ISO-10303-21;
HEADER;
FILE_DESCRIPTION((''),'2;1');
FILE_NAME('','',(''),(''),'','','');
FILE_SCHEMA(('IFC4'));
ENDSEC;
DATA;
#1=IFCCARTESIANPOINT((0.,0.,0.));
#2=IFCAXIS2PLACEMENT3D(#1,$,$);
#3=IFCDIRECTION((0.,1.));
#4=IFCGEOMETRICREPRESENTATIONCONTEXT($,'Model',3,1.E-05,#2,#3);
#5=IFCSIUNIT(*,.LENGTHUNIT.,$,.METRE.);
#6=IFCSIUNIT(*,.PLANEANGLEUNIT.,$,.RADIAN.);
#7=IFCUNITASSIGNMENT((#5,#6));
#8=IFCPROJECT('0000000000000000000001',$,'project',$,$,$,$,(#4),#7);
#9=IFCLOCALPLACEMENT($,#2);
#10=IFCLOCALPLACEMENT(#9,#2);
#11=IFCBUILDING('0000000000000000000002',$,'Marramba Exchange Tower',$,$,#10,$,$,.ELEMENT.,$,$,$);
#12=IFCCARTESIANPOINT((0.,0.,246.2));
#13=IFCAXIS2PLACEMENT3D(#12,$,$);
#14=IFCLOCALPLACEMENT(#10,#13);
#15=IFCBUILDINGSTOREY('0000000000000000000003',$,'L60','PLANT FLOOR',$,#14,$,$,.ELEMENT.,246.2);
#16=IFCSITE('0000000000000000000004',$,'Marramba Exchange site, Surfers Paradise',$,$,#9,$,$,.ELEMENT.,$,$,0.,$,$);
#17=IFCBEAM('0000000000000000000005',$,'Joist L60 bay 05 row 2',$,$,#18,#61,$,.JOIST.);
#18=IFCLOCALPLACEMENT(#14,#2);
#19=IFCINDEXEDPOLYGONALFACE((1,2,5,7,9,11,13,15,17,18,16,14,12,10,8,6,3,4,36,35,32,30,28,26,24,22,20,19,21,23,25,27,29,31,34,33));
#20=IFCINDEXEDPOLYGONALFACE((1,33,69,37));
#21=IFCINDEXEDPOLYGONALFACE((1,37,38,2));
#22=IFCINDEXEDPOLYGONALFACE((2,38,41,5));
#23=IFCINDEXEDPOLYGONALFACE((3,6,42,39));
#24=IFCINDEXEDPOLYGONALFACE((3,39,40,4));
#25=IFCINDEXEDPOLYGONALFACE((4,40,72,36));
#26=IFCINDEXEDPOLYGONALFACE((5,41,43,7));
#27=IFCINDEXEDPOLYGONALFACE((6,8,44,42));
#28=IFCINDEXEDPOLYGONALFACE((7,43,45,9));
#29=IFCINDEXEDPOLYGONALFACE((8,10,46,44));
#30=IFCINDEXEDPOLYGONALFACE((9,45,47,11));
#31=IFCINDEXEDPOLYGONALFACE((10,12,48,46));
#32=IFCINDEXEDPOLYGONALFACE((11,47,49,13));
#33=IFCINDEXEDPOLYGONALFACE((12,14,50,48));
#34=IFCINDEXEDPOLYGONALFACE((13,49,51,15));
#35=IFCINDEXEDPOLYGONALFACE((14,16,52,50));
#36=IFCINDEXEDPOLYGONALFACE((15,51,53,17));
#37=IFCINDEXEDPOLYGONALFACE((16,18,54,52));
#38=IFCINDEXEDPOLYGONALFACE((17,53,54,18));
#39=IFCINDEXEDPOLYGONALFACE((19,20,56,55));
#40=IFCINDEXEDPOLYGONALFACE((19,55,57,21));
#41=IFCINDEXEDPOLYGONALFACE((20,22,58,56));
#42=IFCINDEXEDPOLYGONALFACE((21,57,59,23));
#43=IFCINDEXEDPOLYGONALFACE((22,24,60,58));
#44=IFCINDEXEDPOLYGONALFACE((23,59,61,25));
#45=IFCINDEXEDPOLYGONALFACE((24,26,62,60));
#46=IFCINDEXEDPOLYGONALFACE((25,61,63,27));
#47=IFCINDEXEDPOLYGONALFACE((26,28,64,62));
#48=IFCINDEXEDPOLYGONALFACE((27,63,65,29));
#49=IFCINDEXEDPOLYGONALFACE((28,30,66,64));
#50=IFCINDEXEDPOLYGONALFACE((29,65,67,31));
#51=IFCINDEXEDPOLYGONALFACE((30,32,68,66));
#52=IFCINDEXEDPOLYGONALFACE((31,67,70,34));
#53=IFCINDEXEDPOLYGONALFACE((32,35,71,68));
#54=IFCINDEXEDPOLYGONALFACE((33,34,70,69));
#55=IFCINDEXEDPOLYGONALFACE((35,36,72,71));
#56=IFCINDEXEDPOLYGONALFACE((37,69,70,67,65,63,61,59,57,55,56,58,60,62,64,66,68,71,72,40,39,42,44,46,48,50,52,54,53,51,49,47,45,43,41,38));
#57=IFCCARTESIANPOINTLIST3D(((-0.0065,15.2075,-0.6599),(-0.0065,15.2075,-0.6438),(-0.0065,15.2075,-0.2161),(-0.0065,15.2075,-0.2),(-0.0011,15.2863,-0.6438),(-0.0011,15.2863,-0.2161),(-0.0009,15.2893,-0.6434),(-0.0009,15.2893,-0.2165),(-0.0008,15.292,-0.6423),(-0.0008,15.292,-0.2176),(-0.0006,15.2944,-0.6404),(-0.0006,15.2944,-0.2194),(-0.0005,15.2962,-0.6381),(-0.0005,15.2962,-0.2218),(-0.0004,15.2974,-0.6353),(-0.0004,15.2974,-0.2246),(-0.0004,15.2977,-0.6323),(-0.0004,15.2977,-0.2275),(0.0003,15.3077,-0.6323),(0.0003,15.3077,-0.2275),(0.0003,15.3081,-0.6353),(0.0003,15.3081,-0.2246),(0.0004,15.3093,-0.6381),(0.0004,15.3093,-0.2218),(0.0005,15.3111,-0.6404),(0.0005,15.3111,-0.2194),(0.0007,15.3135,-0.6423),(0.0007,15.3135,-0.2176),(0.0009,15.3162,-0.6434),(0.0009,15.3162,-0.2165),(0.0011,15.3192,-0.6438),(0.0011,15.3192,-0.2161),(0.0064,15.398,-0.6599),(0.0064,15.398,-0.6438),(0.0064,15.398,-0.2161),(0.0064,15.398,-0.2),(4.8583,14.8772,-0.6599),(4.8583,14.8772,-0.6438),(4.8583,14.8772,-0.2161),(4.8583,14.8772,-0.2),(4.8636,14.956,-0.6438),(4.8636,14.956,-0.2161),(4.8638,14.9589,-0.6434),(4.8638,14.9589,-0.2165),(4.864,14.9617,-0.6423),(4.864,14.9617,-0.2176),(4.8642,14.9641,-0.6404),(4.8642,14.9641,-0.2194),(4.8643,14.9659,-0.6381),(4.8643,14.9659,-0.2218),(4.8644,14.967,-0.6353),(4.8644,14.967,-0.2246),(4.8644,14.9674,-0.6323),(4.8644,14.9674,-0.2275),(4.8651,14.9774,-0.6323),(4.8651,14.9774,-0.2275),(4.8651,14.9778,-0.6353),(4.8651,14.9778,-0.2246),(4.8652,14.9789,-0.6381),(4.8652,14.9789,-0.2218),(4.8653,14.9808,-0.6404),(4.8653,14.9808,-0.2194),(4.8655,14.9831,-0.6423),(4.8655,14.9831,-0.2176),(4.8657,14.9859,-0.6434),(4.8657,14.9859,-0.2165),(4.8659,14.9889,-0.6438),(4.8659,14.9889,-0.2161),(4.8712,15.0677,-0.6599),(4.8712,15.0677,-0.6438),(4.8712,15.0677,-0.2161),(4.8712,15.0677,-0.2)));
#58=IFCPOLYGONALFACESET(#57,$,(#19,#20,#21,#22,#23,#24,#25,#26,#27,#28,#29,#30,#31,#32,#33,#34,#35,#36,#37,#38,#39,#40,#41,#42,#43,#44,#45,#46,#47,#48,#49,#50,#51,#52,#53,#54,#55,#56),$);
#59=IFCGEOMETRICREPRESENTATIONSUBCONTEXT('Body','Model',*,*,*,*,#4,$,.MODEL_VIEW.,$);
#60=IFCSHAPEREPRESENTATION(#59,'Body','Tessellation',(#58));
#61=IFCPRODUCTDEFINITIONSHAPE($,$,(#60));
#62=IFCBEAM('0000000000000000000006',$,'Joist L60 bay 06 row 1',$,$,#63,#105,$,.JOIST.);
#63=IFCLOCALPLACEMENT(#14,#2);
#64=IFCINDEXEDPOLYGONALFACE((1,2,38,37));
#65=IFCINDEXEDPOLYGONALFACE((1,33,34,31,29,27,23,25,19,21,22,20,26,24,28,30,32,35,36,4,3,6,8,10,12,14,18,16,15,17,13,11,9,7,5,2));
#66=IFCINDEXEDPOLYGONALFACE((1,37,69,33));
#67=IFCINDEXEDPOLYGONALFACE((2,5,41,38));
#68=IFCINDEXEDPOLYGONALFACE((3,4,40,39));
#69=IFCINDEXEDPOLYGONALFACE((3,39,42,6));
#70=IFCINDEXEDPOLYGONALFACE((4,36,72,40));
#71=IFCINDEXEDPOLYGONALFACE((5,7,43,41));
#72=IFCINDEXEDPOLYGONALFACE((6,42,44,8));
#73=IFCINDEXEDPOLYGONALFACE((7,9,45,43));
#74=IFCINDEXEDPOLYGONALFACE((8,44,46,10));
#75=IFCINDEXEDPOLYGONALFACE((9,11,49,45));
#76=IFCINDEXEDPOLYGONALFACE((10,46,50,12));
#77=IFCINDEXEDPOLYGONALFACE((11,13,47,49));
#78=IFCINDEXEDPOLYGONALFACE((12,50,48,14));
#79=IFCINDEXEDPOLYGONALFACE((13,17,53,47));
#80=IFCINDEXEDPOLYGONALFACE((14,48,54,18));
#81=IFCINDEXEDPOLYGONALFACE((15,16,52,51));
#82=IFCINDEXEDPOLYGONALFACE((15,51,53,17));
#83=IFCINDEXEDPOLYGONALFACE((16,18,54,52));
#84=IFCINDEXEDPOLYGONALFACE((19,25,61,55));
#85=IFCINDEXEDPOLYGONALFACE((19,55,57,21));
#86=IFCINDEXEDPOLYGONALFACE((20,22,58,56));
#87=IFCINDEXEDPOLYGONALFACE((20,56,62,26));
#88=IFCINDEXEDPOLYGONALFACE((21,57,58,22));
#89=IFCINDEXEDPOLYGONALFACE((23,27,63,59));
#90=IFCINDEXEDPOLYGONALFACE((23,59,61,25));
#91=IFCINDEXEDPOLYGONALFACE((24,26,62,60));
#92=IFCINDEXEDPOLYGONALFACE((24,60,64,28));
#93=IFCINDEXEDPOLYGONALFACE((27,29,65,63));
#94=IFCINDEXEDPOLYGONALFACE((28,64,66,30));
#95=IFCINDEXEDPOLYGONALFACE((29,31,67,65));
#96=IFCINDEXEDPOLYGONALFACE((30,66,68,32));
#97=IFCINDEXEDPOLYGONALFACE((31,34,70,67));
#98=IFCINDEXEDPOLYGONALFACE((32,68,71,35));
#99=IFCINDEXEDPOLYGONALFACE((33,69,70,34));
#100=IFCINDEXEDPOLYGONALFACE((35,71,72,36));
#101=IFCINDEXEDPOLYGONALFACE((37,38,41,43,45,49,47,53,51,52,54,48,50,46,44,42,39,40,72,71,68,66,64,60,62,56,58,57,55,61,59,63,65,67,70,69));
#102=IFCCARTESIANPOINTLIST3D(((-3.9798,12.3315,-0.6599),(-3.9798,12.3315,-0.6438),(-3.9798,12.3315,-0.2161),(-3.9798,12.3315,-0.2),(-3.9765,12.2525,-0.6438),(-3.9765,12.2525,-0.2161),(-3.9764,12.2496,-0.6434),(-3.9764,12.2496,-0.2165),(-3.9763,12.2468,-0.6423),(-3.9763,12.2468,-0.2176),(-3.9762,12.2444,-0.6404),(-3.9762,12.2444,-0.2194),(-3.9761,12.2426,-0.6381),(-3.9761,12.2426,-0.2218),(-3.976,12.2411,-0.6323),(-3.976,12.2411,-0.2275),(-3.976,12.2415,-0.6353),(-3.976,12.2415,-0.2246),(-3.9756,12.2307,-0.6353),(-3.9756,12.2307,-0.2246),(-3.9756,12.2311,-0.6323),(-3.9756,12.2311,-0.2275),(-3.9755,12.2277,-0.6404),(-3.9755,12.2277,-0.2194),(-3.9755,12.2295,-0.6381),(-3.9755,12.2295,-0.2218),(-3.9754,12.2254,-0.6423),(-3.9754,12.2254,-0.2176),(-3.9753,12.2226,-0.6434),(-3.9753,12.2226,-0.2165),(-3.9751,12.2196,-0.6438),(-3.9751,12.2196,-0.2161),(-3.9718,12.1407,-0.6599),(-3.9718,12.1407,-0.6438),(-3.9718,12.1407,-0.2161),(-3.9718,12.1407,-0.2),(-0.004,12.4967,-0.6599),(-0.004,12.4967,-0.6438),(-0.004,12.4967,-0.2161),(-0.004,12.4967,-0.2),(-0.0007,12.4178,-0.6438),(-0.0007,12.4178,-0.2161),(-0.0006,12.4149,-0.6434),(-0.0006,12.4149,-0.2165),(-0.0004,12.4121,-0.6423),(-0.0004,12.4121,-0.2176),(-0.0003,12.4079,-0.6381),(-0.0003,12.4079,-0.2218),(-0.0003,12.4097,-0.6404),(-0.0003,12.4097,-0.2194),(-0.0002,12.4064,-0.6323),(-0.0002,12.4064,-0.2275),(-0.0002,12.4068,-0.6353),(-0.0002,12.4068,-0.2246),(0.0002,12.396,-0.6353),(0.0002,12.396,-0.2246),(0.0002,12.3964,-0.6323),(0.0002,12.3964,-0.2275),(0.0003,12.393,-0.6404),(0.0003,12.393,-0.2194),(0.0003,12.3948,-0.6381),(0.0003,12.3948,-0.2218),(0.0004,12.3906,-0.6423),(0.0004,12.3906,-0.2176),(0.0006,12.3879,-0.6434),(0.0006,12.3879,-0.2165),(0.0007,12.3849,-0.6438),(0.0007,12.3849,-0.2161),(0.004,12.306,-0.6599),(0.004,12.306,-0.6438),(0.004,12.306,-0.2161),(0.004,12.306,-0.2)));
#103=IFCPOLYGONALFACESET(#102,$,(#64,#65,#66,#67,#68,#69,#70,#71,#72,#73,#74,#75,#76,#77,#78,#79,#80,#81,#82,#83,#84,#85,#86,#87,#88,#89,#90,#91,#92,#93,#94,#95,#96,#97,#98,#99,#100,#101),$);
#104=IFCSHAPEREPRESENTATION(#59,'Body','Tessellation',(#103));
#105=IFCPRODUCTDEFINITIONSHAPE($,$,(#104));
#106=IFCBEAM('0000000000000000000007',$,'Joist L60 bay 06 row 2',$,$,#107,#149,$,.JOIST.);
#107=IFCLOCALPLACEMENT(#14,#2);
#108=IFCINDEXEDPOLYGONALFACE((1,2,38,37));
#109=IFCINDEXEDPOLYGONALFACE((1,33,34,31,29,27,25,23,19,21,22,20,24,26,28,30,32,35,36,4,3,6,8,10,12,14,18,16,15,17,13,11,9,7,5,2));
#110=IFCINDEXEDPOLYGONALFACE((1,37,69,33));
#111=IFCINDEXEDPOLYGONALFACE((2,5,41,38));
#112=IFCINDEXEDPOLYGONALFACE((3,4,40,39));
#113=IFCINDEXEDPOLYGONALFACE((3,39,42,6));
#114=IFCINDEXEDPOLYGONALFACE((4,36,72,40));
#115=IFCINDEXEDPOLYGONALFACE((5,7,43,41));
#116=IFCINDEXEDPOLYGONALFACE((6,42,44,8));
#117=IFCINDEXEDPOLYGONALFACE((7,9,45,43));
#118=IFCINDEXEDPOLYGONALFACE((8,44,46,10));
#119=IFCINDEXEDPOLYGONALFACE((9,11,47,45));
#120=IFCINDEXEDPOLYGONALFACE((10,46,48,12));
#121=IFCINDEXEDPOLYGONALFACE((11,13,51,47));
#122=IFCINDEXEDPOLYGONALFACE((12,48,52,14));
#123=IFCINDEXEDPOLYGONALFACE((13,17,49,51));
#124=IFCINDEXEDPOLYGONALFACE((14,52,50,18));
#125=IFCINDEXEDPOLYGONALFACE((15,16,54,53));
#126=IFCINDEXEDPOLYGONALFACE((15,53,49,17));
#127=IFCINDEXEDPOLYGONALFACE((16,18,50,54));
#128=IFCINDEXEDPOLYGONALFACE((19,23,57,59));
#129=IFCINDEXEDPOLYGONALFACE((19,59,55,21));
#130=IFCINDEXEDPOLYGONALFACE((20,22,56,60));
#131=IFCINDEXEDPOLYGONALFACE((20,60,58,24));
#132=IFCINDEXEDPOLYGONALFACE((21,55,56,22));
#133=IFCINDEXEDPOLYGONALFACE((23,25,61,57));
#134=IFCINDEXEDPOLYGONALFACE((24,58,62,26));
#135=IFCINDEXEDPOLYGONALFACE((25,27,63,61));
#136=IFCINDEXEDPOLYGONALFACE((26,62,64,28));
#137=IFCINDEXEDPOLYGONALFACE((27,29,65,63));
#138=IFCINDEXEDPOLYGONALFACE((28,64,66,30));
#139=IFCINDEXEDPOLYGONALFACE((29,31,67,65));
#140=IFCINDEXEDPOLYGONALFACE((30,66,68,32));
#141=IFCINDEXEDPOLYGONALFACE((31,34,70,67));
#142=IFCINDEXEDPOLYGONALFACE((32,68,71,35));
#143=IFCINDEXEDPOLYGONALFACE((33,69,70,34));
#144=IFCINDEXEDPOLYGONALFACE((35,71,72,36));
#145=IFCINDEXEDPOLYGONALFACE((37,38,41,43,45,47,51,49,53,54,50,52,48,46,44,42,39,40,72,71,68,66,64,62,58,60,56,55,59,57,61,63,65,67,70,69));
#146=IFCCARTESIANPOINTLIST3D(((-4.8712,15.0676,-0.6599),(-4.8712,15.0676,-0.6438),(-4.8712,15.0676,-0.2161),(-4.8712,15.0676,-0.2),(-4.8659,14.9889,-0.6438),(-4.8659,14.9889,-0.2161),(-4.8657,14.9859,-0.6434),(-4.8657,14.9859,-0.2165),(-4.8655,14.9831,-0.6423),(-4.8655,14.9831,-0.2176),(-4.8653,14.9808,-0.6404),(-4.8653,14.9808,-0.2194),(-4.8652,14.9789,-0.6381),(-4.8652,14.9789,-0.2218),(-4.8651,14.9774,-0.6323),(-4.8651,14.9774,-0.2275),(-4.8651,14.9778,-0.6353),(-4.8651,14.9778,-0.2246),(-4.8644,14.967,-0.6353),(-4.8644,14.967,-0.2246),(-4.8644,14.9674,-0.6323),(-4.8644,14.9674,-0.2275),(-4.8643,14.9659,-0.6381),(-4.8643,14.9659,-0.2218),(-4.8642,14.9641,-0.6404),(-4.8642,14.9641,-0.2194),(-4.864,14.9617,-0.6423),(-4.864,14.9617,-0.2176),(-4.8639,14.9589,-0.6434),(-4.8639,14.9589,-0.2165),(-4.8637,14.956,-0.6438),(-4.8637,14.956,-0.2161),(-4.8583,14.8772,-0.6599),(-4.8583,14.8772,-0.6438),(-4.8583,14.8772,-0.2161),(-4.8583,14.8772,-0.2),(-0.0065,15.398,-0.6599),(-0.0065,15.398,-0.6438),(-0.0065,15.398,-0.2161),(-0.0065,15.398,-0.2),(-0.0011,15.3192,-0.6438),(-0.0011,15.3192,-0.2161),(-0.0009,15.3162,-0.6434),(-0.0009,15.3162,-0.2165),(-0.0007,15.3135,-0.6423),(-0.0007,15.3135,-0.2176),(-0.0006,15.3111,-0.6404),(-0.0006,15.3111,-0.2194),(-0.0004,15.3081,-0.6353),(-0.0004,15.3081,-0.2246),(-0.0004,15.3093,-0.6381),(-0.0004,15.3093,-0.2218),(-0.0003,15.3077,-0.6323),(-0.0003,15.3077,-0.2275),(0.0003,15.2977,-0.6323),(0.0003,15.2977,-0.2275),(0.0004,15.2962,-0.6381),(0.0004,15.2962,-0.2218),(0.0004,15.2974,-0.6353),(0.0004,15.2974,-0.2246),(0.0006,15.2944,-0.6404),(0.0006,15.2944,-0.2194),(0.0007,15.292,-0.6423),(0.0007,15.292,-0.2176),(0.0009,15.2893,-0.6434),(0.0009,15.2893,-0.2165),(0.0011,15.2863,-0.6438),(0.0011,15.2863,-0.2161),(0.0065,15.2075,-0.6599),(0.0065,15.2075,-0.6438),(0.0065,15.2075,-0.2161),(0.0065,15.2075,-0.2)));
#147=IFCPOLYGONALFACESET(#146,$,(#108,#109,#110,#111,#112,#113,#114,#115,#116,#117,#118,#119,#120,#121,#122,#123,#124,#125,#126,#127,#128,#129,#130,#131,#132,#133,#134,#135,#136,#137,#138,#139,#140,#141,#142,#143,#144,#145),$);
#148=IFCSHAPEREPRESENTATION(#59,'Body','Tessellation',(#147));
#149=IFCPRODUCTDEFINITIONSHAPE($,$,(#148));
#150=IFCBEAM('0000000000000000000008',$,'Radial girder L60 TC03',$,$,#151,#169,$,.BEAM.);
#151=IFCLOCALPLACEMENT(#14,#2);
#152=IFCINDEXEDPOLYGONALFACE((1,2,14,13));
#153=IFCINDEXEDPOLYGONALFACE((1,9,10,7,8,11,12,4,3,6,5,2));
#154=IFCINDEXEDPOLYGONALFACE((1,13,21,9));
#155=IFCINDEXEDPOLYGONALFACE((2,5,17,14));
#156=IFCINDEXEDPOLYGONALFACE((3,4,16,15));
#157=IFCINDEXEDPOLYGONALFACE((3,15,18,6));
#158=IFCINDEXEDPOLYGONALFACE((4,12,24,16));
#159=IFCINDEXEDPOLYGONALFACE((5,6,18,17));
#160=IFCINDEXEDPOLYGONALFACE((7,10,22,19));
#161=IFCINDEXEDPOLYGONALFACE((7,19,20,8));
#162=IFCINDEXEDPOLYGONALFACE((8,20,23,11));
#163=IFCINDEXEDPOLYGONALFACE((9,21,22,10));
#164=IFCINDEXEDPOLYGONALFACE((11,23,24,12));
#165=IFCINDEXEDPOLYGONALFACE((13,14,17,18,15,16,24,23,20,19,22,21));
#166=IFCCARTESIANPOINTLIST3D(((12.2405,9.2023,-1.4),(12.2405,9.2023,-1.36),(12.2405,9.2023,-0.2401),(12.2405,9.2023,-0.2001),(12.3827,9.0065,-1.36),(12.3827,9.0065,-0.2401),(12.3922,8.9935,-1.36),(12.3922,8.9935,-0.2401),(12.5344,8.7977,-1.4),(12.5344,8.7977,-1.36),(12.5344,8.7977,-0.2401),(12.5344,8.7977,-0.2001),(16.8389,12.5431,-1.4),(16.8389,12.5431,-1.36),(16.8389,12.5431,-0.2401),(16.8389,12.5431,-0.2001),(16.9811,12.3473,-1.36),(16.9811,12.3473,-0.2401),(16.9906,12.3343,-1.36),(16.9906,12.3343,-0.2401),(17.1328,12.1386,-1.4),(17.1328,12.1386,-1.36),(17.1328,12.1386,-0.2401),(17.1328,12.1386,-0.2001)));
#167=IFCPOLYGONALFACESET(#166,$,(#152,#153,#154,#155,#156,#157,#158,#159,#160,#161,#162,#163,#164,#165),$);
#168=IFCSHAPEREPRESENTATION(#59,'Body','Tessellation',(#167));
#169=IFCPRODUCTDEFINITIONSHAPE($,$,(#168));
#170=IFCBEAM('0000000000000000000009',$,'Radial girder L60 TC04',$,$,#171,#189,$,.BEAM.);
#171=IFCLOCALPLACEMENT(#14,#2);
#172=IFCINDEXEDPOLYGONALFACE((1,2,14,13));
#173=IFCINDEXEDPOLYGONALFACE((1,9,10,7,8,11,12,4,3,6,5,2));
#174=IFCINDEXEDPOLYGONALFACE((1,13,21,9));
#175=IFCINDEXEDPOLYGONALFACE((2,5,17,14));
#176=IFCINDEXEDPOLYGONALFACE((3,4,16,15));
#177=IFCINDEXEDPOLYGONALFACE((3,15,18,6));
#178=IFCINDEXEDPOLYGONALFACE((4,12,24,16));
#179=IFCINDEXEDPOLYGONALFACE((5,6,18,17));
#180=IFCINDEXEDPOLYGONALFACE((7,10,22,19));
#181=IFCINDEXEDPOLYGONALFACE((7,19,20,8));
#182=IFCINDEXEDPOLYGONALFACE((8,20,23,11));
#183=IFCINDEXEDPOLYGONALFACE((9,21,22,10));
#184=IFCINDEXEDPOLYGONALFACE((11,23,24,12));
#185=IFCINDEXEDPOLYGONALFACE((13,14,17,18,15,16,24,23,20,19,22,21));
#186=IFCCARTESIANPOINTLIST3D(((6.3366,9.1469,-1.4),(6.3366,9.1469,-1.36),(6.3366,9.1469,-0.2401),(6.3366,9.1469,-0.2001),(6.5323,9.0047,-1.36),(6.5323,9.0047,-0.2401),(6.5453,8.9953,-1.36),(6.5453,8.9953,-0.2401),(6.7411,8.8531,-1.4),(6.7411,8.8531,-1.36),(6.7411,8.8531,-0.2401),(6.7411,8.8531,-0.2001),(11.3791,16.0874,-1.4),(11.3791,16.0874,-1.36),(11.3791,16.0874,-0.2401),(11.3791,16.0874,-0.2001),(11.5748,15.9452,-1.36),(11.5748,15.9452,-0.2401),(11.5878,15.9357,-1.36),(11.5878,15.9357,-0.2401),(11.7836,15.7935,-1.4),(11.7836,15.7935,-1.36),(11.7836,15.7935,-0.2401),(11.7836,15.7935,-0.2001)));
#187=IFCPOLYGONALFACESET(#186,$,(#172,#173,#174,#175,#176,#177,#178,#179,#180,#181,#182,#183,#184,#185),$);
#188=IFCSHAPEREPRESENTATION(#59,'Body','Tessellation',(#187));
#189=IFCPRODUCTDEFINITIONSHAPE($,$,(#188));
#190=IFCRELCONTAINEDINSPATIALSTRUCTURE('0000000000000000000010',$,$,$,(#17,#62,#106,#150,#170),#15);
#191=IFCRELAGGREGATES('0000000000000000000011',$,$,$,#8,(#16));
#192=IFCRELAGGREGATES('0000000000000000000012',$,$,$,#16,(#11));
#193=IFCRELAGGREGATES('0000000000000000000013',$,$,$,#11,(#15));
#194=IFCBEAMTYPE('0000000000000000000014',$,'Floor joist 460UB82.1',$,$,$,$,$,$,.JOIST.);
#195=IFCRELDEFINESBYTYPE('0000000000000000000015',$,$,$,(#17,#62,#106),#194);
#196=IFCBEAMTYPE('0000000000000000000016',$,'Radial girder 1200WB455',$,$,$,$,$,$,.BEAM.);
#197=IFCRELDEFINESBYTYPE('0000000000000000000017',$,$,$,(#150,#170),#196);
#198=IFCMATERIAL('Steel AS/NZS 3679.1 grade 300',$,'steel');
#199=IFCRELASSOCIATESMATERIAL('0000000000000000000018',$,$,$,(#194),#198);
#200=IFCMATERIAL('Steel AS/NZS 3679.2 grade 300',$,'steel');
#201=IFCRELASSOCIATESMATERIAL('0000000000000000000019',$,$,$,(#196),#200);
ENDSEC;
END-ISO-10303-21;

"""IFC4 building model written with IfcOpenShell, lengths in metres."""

from ifc_helpers import new_model, si_unit, direction, frame, origin, origin_2d, place, context, subcontext, project, spatial, i_section, extrude, material, material_profile, profile_set, type_object, element, save


model = new_model("IFC4")

# Units and contexts
model_context = context("Model", 3, precision=1e-05, world=origin(), true_north=direction((0.0, 1.0)))
body_context = subcontext(model_context, "Body", "Model", "MODEL_VIEW")
ifc_project = project(units=[si_unit("LENGTHUNIT", "METRE"), si_unit("PLANEANGLEUNIT", "RADIAN")], contexts=[model_context])

# Site, building, storey
site_placement = place(None, origin())
site = spatial("IfcSite", under=ifc_project, at=site_placement, Name="Marramba Exchange site, Surfers Paradise", CompositionType="ELEMENT", RefElevation=0.0)
building_placement = place(site_placement, origin())
building = spatial("IfcBuilding", under=site, at=building_placement, Name="Marramba Exchange Tower", CompositionType="ELEMENT")
storey_placement = place(building_placement, frame((0.0, 0.0, 246.2)))
storey = spatial("IfcBuildingStorey", under=building, at=storey_placement, Name="L60", Description="PLANT FLOOR", CompositionType="ELEMENT", Elevation=246.2)

# Shared definitions
ifc_material_1 = material(Name="Steel AS/NZS 3679.2 grade 300", Category="steel")

# Beams
ifc_material_2 = material(Name="Steel AS/NZS 3679.1 grade 300", Category="steel")
ifc_material_profile_1 = material_profile(ifc_material_2, i_section(OverallWidth=0.1909, OverallDepth=0.46, WebThickness=0.01, FlangeThickness=0.0161, FilletRadius=0.0115, at=origin_2d()), Name="460UB82.1")
ifc_profile_set_1 = profile_set([ifc_material_profile_1], Name="Steel AS/NZS 3679.1 grade 300")
beam_type_1 = type_object("IfcBeamType", Name="Floor joist 460UB82.1", PredefinedType="JOIST", material=ifc_profile_set_1)
beam_1_placement = place(storey_placement, frame((4.8647, 14.9724, -0.4299), z_axis=(-0.997703, 0.067745, 0.0), x_axis=(-0.067745, -0.997703, 0.0)))
element("IfcBeam", 1, at=beam_1_placement, inside=storey, type_object=beam_type_1, Name="Joist L60 bay 05 row 2", PredefinedType="JOIST", context=body_context, shape_type="SweptSolid", body=[
    extrude(i_section(OverallWidth=0.1909, OverallDepth=0.46, WebThickness=0.01, FlangeThickness=0.0161, FilletRadius=0.0115, at=origin_2d()), origin(), (0.0, 0.0, 1.0), 4.876),
])
beam_2_placement = place(storey_placement, frame((0.0, 12.4014, -0.4299), z_axis=(-0.999137, -0.041536, 0.0), x_axis=(0.041536, -0.999137, 0.0)))
element("IfcBeam", 2, at=beam_2_placement, inside=storey, type_object=beam_type_1, Name="Joist L60 bay 06 row 1", PredefinedType="JOIST", context=body_context, shape_type="SweptSolid", body=[
    extrude(i_section(OverallWidth=0.1909, OverallDepth=0.46, WebThickness=0.01, FlangeThickness=0.0161, FilletRadius=0.0115, at=origin_2d()), origin(), (0.0, 0.0, 1.0), 3.9792),
])
beam_3_placement = place(storey_placement, frame((0.0, 15.3027, -0.4299), z_axis=(-0.997703, -0.067745, 0.0), x_axis=(0.067745, -0.997703, 0.0)))
element("IfcBeam", 3, at=beam_3_placement, inside=storey, type_object=beam_type_1, Name="Joist L60 bay 06 row 2", PredefinedType="JOIST", context=body_context, shape_type="SweptSolid", body=[
    extrude(i_section(OverallWidth=0.1909, OverallDepth=0.46, WebThickness=0.01, FlangeThickness=0.0161, FilletRadius=0.0115, at=origin_2d()), origin(), (0.0, 0.0, 1.0), 4.876),
])
ifc_material_profile_2 = material_profile(ifc_material_1, i_section(OverallWidth=0.5, OverallDepth=1.2, WebThickness=0.0161, FlangeThickness=0.04, at=origin_2d()), Name="1200WB455")
ifc_profile_set_2 = profile_set([ifc_material_profile_2], Name="Steel AS/NZS 3679.2 grade 300")
beam_type_2 = type_object("IfcBeamType", Name="Radial girder 1200WB455", PredefinedType="BEAM", material=ifc_profile_set_2)
beam_4_placement = place(storey_placement, frame((12.3875, 9.0, -0.8), z_axis=(0.809026, 0.587773, 0.0), x_axis=(-0.587773, 0.809026, 0.0)))
element("IfcBeam", 4, at=beam_4_placement, inside=storey, type_object=beam_type_2, Name="Radial girder L60 TC03", PredefinedType="BEAM", context=body_context, shape_type="SweptSolid", body=[
    extrude(i_section(OverallWidth=0.5, OverallDepth=1.2, WebThickness=0.0161, FlangeThickness=0.04, at=origin_2d()), origin(), (0.0, 0.0, 1.0), 5.6838),
])
beam_5_placement = place(storey_placement, frame((6.5388, 9.0, -0.8), z_axis=(0.587782, 0.809019, 0.0), x_axis=(-0.809019, 0.587782, 0.0)))
element("IfcBeam", 5, at=beam_5_placement, inside=storey, type_object=beam_type_2, Name="Radial girder L60 TC04", PredefinedType="BEAM", context=body_context, shape_type="SweptSolid", body=[
    extrude(i_section(OverallWidth=0.5, OverallDepth=1.2, WebThickness=0.0161, FlangeThickness=0.04, at=origin_2d()), origin(), (0.0, 0.0, 1.0), 8.5789),
])

save(model, "model.ifc")
